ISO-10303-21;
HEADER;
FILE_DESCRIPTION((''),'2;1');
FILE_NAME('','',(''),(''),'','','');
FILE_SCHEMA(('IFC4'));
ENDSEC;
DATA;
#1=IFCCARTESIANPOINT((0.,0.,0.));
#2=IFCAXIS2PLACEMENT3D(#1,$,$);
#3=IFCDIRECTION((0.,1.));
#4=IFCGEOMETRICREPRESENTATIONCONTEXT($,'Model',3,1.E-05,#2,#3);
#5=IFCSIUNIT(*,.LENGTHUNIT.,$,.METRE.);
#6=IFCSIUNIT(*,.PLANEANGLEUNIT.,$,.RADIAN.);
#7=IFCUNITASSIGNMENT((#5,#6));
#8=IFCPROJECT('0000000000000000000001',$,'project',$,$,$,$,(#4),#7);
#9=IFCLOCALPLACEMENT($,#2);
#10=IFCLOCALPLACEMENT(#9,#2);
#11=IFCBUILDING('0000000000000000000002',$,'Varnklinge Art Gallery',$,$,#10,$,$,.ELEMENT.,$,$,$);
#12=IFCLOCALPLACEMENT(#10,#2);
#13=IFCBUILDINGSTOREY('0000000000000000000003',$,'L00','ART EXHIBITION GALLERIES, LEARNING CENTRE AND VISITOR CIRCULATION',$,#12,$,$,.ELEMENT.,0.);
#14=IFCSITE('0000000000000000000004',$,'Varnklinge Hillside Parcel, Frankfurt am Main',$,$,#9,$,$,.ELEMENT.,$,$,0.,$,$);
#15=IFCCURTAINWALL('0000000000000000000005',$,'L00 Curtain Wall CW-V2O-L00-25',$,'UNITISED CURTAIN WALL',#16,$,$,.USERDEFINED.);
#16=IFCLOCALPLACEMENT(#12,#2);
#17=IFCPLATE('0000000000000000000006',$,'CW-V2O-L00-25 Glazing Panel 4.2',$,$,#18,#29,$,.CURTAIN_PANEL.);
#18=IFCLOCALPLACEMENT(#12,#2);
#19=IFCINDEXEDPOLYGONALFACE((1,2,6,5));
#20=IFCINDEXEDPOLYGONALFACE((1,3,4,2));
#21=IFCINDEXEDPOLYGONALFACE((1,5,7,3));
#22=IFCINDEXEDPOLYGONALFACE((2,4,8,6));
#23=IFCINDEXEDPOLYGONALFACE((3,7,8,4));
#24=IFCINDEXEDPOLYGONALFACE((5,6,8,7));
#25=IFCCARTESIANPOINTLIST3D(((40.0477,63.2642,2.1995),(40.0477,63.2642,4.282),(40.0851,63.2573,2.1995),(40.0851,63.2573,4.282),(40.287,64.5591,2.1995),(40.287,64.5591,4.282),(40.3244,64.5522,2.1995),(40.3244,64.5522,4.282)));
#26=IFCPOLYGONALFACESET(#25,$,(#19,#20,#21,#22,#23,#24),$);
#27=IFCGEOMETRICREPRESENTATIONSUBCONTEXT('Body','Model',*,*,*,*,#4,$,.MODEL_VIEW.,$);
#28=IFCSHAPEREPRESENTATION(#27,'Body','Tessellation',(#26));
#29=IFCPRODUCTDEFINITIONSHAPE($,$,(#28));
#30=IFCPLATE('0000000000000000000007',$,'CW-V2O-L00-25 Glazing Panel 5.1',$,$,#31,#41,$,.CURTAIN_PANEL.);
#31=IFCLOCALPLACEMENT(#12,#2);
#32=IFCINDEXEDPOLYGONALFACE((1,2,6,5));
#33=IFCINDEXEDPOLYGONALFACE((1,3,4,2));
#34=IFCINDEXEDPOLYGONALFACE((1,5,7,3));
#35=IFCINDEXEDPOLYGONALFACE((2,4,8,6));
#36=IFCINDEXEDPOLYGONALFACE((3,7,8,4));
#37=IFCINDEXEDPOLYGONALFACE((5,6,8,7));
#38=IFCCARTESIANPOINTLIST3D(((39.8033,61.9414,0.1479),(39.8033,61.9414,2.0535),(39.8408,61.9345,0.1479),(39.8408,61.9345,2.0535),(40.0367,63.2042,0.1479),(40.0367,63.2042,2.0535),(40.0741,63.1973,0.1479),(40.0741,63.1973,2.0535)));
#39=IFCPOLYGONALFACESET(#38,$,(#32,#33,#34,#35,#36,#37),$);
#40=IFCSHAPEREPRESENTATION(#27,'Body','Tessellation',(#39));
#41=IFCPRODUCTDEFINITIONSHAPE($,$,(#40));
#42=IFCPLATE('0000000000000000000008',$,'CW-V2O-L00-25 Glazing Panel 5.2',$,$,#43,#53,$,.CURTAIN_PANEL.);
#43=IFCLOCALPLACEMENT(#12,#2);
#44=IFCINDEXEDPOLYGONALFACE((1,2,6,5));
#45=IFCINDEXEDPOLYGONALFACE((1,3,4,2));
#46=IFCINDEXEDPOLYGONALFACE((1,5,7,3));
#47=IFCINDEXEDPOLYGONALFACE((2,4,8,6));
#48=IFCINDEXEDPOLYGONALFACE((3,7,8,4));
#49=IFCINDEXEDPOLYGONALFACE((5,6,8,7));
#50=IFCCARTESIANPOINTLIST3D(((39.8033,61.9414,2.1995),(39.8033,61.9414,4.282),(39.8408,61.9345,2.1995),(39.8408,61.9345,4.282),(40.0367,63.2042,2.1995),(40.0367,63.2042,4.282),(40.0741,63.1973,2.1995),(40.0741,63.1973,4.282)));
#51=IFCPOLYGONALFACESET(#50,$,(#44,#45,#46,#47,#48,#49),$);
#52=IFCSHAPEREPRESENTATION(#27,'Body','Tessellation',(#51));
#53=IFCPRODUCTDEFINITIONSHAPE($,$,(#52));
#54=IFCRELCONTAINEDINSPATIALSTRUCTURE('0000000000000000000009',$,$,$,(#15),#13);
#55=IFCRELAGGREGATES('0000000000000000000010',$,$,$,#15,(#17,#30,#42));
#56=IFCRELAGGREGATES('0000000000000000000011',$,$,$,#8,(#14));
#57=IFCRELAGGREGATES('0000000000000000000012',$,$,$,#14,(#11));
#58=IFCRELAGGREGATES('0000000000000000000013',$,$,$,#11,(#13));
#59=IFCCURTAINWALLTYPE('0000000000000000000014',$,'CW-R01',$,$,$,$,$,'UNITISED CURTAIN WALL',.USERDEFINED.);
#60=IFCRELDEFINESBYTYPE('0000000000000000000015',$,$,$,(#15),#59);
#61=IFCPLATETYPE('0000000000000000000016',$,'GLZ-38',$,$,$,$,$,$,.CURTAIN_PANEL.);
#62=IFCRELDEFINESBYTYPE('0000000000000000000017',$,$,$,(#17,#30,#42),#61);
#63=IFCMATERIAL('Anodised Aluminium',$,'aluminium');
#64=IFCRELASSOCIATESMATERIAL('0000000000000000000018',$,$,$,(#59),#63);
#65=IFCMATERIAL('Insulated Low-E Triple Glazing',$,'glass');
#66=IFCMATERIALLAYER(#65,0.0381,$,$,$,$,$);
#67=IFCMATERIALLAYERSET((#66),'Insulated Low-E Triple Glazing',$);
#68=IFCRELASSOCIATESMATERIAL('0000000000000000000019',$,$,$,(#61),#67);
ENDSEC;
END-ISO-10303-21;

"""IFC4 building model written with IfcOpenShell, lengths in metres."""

from ifc_helpers import new_model, si_unit, direction, frame, origin, origin_2d, place, context, subcontext, project, spatial, rectangle, extrude, material, layer, layer_set, type_object, element, aggregate, save


model = new_model("IFC4")

# Units and contexts
model_context = context("Model", 3, precision=1e-05, world=origin(), true_north=direction((0.0, 1.0)))
body_context = subcontext(model_context, "Body", "Model", "MODEL_VIEW")
ifc_project = project(units=[si_unit("LENGTHUNIT", "METRE"), si_unit("PLANEANGLEUNIT", "RADIAN")], contexts=[model_context])

# Site, building, storey
site_placement = place(None, origin())
site = spatial("IfcSite", under=ifc_project, at=site_placement, Name="Varnklinge Hillside Parcel, Frankfurt am Main", CompositionType="ELEMENT", RefElevation=0.0)
building_placement = place(site_placement, origin())
building = spatial("IfcBuilding", under=site, at=building_placement, Name="Varnklinge Art Gallery", CompositionType="ELEMENT")
storey_placement = place(building_placement, origin())
storey = spatial("IfcBuildingStorey", under=building, at=storey_placement, Name="L00", Description="ART EXHIBITION GALLERIES, LEARNING CENTRE AND VISITOR CIRCULATION", CompositionType="ELEMENT", Elevation=0.0)

# Curtain wall
ifc_material_1 = material(Name="Anodised Aluminium", Category="aluminium")
curtain_wall_type = type_object("IfcCurtainWallType", Name="CW-R01", ElementType="UNITISED CURTAIN WALL", PredefinedType="USERDEFINED", material=ifc_material_1)
curtain_wall_placement = place(storey_placement, origin())
curtain_wall = element("IfcCurtainWall", 1, at=curtain_wall_placement, inside=storey, type_object=curtain_wall_type, Name="L00 Curtain Wall CW-V2O-L00-25", ObjectType="UNITISED CURTAIN WALL", PredefinedType="USERDEFINED")

# Plates
ifc_material_2 = material(Name="Insulated Low-E Triple Glazing", Category="glass")
ifc_layer = layer(ifc_material_2, 0.0381)
ifc_layer_set = layer_set([ifc_layer], Name="Insulated Low-E Triple Glazing")
plate_type = type_object("IfcPlateType", Name="GLZ-38", PredefinedType="CURTAIN_PANEL", material=ifc_layer_set)
plate_1_placement = place(storey_placement, frame((40.186, 63.9082, 2.1995), z_axis=(0.0, 0.0, 1.0), x_axis=(-0.181721, -0.98335, 0.0)))
plate_1 = element("IfcPlate", 2, at=plate_1_placement, type_object=plate_type, Name="CW-V2O-L00-25 Glazing Panel 4.2", PredefinedType="CURTAIN_PANEL", context=body_context, shape_type="SweptSolid", body=[
    extrude(rectangle(XDim=1.3169, YDim=0.0381, at=origin_2d()), origin(), (0.0, 0.0, 1.0), 2.0825),
])
plate_2_placement = place(storey_placement, frame((39.9387, 62.5693, 0.1479), z_axis=(0.0, 0.0, 1.0), x_axis=(-0.181721, -0.98335, 0.0)))
plate_2 = element("IfcPlate", 3, at=plate_2_placement, type_object=plate_type, Name="CW-V2O-L00-25 Glazing Panel 5.1", PredefinedType="CURTAIN_PANEL", context=body_context, shape_type="SweptSolid", body=[
    extrude(rectangle(XDim=1.2842, YDim=0.0381, at=origin_2d()), origin(), (0.0, 0.0, 1.0), 1.9055),
])
plate_3_placement = place(storey_placement, frame((39.9387, 62.5693, 2.1995), z_axis=(0.0, 0.0, 1.0), x_axis=(-0.181721, -0.98335, 0.0)))
plate_3 = element("IfcPlate", 4, at=plate_3_placement, type_object=plate_type, Name="CW-V2O-L00-25 Glazing Panel 5.2", PredefinedType="CURTAIN_PANEL", context=body_context, shape_type="SweptSolid", body=[
    extrude(rectangle(XDim=1.2842, YDim=0.0381, at=origin_2d()), origin(), (0.0, 0.0, 1.0), 2.0825),
])
aggregate(curtain_wall, [plate_1, plate_2, plate_3])

save(model, "model.ifc")
